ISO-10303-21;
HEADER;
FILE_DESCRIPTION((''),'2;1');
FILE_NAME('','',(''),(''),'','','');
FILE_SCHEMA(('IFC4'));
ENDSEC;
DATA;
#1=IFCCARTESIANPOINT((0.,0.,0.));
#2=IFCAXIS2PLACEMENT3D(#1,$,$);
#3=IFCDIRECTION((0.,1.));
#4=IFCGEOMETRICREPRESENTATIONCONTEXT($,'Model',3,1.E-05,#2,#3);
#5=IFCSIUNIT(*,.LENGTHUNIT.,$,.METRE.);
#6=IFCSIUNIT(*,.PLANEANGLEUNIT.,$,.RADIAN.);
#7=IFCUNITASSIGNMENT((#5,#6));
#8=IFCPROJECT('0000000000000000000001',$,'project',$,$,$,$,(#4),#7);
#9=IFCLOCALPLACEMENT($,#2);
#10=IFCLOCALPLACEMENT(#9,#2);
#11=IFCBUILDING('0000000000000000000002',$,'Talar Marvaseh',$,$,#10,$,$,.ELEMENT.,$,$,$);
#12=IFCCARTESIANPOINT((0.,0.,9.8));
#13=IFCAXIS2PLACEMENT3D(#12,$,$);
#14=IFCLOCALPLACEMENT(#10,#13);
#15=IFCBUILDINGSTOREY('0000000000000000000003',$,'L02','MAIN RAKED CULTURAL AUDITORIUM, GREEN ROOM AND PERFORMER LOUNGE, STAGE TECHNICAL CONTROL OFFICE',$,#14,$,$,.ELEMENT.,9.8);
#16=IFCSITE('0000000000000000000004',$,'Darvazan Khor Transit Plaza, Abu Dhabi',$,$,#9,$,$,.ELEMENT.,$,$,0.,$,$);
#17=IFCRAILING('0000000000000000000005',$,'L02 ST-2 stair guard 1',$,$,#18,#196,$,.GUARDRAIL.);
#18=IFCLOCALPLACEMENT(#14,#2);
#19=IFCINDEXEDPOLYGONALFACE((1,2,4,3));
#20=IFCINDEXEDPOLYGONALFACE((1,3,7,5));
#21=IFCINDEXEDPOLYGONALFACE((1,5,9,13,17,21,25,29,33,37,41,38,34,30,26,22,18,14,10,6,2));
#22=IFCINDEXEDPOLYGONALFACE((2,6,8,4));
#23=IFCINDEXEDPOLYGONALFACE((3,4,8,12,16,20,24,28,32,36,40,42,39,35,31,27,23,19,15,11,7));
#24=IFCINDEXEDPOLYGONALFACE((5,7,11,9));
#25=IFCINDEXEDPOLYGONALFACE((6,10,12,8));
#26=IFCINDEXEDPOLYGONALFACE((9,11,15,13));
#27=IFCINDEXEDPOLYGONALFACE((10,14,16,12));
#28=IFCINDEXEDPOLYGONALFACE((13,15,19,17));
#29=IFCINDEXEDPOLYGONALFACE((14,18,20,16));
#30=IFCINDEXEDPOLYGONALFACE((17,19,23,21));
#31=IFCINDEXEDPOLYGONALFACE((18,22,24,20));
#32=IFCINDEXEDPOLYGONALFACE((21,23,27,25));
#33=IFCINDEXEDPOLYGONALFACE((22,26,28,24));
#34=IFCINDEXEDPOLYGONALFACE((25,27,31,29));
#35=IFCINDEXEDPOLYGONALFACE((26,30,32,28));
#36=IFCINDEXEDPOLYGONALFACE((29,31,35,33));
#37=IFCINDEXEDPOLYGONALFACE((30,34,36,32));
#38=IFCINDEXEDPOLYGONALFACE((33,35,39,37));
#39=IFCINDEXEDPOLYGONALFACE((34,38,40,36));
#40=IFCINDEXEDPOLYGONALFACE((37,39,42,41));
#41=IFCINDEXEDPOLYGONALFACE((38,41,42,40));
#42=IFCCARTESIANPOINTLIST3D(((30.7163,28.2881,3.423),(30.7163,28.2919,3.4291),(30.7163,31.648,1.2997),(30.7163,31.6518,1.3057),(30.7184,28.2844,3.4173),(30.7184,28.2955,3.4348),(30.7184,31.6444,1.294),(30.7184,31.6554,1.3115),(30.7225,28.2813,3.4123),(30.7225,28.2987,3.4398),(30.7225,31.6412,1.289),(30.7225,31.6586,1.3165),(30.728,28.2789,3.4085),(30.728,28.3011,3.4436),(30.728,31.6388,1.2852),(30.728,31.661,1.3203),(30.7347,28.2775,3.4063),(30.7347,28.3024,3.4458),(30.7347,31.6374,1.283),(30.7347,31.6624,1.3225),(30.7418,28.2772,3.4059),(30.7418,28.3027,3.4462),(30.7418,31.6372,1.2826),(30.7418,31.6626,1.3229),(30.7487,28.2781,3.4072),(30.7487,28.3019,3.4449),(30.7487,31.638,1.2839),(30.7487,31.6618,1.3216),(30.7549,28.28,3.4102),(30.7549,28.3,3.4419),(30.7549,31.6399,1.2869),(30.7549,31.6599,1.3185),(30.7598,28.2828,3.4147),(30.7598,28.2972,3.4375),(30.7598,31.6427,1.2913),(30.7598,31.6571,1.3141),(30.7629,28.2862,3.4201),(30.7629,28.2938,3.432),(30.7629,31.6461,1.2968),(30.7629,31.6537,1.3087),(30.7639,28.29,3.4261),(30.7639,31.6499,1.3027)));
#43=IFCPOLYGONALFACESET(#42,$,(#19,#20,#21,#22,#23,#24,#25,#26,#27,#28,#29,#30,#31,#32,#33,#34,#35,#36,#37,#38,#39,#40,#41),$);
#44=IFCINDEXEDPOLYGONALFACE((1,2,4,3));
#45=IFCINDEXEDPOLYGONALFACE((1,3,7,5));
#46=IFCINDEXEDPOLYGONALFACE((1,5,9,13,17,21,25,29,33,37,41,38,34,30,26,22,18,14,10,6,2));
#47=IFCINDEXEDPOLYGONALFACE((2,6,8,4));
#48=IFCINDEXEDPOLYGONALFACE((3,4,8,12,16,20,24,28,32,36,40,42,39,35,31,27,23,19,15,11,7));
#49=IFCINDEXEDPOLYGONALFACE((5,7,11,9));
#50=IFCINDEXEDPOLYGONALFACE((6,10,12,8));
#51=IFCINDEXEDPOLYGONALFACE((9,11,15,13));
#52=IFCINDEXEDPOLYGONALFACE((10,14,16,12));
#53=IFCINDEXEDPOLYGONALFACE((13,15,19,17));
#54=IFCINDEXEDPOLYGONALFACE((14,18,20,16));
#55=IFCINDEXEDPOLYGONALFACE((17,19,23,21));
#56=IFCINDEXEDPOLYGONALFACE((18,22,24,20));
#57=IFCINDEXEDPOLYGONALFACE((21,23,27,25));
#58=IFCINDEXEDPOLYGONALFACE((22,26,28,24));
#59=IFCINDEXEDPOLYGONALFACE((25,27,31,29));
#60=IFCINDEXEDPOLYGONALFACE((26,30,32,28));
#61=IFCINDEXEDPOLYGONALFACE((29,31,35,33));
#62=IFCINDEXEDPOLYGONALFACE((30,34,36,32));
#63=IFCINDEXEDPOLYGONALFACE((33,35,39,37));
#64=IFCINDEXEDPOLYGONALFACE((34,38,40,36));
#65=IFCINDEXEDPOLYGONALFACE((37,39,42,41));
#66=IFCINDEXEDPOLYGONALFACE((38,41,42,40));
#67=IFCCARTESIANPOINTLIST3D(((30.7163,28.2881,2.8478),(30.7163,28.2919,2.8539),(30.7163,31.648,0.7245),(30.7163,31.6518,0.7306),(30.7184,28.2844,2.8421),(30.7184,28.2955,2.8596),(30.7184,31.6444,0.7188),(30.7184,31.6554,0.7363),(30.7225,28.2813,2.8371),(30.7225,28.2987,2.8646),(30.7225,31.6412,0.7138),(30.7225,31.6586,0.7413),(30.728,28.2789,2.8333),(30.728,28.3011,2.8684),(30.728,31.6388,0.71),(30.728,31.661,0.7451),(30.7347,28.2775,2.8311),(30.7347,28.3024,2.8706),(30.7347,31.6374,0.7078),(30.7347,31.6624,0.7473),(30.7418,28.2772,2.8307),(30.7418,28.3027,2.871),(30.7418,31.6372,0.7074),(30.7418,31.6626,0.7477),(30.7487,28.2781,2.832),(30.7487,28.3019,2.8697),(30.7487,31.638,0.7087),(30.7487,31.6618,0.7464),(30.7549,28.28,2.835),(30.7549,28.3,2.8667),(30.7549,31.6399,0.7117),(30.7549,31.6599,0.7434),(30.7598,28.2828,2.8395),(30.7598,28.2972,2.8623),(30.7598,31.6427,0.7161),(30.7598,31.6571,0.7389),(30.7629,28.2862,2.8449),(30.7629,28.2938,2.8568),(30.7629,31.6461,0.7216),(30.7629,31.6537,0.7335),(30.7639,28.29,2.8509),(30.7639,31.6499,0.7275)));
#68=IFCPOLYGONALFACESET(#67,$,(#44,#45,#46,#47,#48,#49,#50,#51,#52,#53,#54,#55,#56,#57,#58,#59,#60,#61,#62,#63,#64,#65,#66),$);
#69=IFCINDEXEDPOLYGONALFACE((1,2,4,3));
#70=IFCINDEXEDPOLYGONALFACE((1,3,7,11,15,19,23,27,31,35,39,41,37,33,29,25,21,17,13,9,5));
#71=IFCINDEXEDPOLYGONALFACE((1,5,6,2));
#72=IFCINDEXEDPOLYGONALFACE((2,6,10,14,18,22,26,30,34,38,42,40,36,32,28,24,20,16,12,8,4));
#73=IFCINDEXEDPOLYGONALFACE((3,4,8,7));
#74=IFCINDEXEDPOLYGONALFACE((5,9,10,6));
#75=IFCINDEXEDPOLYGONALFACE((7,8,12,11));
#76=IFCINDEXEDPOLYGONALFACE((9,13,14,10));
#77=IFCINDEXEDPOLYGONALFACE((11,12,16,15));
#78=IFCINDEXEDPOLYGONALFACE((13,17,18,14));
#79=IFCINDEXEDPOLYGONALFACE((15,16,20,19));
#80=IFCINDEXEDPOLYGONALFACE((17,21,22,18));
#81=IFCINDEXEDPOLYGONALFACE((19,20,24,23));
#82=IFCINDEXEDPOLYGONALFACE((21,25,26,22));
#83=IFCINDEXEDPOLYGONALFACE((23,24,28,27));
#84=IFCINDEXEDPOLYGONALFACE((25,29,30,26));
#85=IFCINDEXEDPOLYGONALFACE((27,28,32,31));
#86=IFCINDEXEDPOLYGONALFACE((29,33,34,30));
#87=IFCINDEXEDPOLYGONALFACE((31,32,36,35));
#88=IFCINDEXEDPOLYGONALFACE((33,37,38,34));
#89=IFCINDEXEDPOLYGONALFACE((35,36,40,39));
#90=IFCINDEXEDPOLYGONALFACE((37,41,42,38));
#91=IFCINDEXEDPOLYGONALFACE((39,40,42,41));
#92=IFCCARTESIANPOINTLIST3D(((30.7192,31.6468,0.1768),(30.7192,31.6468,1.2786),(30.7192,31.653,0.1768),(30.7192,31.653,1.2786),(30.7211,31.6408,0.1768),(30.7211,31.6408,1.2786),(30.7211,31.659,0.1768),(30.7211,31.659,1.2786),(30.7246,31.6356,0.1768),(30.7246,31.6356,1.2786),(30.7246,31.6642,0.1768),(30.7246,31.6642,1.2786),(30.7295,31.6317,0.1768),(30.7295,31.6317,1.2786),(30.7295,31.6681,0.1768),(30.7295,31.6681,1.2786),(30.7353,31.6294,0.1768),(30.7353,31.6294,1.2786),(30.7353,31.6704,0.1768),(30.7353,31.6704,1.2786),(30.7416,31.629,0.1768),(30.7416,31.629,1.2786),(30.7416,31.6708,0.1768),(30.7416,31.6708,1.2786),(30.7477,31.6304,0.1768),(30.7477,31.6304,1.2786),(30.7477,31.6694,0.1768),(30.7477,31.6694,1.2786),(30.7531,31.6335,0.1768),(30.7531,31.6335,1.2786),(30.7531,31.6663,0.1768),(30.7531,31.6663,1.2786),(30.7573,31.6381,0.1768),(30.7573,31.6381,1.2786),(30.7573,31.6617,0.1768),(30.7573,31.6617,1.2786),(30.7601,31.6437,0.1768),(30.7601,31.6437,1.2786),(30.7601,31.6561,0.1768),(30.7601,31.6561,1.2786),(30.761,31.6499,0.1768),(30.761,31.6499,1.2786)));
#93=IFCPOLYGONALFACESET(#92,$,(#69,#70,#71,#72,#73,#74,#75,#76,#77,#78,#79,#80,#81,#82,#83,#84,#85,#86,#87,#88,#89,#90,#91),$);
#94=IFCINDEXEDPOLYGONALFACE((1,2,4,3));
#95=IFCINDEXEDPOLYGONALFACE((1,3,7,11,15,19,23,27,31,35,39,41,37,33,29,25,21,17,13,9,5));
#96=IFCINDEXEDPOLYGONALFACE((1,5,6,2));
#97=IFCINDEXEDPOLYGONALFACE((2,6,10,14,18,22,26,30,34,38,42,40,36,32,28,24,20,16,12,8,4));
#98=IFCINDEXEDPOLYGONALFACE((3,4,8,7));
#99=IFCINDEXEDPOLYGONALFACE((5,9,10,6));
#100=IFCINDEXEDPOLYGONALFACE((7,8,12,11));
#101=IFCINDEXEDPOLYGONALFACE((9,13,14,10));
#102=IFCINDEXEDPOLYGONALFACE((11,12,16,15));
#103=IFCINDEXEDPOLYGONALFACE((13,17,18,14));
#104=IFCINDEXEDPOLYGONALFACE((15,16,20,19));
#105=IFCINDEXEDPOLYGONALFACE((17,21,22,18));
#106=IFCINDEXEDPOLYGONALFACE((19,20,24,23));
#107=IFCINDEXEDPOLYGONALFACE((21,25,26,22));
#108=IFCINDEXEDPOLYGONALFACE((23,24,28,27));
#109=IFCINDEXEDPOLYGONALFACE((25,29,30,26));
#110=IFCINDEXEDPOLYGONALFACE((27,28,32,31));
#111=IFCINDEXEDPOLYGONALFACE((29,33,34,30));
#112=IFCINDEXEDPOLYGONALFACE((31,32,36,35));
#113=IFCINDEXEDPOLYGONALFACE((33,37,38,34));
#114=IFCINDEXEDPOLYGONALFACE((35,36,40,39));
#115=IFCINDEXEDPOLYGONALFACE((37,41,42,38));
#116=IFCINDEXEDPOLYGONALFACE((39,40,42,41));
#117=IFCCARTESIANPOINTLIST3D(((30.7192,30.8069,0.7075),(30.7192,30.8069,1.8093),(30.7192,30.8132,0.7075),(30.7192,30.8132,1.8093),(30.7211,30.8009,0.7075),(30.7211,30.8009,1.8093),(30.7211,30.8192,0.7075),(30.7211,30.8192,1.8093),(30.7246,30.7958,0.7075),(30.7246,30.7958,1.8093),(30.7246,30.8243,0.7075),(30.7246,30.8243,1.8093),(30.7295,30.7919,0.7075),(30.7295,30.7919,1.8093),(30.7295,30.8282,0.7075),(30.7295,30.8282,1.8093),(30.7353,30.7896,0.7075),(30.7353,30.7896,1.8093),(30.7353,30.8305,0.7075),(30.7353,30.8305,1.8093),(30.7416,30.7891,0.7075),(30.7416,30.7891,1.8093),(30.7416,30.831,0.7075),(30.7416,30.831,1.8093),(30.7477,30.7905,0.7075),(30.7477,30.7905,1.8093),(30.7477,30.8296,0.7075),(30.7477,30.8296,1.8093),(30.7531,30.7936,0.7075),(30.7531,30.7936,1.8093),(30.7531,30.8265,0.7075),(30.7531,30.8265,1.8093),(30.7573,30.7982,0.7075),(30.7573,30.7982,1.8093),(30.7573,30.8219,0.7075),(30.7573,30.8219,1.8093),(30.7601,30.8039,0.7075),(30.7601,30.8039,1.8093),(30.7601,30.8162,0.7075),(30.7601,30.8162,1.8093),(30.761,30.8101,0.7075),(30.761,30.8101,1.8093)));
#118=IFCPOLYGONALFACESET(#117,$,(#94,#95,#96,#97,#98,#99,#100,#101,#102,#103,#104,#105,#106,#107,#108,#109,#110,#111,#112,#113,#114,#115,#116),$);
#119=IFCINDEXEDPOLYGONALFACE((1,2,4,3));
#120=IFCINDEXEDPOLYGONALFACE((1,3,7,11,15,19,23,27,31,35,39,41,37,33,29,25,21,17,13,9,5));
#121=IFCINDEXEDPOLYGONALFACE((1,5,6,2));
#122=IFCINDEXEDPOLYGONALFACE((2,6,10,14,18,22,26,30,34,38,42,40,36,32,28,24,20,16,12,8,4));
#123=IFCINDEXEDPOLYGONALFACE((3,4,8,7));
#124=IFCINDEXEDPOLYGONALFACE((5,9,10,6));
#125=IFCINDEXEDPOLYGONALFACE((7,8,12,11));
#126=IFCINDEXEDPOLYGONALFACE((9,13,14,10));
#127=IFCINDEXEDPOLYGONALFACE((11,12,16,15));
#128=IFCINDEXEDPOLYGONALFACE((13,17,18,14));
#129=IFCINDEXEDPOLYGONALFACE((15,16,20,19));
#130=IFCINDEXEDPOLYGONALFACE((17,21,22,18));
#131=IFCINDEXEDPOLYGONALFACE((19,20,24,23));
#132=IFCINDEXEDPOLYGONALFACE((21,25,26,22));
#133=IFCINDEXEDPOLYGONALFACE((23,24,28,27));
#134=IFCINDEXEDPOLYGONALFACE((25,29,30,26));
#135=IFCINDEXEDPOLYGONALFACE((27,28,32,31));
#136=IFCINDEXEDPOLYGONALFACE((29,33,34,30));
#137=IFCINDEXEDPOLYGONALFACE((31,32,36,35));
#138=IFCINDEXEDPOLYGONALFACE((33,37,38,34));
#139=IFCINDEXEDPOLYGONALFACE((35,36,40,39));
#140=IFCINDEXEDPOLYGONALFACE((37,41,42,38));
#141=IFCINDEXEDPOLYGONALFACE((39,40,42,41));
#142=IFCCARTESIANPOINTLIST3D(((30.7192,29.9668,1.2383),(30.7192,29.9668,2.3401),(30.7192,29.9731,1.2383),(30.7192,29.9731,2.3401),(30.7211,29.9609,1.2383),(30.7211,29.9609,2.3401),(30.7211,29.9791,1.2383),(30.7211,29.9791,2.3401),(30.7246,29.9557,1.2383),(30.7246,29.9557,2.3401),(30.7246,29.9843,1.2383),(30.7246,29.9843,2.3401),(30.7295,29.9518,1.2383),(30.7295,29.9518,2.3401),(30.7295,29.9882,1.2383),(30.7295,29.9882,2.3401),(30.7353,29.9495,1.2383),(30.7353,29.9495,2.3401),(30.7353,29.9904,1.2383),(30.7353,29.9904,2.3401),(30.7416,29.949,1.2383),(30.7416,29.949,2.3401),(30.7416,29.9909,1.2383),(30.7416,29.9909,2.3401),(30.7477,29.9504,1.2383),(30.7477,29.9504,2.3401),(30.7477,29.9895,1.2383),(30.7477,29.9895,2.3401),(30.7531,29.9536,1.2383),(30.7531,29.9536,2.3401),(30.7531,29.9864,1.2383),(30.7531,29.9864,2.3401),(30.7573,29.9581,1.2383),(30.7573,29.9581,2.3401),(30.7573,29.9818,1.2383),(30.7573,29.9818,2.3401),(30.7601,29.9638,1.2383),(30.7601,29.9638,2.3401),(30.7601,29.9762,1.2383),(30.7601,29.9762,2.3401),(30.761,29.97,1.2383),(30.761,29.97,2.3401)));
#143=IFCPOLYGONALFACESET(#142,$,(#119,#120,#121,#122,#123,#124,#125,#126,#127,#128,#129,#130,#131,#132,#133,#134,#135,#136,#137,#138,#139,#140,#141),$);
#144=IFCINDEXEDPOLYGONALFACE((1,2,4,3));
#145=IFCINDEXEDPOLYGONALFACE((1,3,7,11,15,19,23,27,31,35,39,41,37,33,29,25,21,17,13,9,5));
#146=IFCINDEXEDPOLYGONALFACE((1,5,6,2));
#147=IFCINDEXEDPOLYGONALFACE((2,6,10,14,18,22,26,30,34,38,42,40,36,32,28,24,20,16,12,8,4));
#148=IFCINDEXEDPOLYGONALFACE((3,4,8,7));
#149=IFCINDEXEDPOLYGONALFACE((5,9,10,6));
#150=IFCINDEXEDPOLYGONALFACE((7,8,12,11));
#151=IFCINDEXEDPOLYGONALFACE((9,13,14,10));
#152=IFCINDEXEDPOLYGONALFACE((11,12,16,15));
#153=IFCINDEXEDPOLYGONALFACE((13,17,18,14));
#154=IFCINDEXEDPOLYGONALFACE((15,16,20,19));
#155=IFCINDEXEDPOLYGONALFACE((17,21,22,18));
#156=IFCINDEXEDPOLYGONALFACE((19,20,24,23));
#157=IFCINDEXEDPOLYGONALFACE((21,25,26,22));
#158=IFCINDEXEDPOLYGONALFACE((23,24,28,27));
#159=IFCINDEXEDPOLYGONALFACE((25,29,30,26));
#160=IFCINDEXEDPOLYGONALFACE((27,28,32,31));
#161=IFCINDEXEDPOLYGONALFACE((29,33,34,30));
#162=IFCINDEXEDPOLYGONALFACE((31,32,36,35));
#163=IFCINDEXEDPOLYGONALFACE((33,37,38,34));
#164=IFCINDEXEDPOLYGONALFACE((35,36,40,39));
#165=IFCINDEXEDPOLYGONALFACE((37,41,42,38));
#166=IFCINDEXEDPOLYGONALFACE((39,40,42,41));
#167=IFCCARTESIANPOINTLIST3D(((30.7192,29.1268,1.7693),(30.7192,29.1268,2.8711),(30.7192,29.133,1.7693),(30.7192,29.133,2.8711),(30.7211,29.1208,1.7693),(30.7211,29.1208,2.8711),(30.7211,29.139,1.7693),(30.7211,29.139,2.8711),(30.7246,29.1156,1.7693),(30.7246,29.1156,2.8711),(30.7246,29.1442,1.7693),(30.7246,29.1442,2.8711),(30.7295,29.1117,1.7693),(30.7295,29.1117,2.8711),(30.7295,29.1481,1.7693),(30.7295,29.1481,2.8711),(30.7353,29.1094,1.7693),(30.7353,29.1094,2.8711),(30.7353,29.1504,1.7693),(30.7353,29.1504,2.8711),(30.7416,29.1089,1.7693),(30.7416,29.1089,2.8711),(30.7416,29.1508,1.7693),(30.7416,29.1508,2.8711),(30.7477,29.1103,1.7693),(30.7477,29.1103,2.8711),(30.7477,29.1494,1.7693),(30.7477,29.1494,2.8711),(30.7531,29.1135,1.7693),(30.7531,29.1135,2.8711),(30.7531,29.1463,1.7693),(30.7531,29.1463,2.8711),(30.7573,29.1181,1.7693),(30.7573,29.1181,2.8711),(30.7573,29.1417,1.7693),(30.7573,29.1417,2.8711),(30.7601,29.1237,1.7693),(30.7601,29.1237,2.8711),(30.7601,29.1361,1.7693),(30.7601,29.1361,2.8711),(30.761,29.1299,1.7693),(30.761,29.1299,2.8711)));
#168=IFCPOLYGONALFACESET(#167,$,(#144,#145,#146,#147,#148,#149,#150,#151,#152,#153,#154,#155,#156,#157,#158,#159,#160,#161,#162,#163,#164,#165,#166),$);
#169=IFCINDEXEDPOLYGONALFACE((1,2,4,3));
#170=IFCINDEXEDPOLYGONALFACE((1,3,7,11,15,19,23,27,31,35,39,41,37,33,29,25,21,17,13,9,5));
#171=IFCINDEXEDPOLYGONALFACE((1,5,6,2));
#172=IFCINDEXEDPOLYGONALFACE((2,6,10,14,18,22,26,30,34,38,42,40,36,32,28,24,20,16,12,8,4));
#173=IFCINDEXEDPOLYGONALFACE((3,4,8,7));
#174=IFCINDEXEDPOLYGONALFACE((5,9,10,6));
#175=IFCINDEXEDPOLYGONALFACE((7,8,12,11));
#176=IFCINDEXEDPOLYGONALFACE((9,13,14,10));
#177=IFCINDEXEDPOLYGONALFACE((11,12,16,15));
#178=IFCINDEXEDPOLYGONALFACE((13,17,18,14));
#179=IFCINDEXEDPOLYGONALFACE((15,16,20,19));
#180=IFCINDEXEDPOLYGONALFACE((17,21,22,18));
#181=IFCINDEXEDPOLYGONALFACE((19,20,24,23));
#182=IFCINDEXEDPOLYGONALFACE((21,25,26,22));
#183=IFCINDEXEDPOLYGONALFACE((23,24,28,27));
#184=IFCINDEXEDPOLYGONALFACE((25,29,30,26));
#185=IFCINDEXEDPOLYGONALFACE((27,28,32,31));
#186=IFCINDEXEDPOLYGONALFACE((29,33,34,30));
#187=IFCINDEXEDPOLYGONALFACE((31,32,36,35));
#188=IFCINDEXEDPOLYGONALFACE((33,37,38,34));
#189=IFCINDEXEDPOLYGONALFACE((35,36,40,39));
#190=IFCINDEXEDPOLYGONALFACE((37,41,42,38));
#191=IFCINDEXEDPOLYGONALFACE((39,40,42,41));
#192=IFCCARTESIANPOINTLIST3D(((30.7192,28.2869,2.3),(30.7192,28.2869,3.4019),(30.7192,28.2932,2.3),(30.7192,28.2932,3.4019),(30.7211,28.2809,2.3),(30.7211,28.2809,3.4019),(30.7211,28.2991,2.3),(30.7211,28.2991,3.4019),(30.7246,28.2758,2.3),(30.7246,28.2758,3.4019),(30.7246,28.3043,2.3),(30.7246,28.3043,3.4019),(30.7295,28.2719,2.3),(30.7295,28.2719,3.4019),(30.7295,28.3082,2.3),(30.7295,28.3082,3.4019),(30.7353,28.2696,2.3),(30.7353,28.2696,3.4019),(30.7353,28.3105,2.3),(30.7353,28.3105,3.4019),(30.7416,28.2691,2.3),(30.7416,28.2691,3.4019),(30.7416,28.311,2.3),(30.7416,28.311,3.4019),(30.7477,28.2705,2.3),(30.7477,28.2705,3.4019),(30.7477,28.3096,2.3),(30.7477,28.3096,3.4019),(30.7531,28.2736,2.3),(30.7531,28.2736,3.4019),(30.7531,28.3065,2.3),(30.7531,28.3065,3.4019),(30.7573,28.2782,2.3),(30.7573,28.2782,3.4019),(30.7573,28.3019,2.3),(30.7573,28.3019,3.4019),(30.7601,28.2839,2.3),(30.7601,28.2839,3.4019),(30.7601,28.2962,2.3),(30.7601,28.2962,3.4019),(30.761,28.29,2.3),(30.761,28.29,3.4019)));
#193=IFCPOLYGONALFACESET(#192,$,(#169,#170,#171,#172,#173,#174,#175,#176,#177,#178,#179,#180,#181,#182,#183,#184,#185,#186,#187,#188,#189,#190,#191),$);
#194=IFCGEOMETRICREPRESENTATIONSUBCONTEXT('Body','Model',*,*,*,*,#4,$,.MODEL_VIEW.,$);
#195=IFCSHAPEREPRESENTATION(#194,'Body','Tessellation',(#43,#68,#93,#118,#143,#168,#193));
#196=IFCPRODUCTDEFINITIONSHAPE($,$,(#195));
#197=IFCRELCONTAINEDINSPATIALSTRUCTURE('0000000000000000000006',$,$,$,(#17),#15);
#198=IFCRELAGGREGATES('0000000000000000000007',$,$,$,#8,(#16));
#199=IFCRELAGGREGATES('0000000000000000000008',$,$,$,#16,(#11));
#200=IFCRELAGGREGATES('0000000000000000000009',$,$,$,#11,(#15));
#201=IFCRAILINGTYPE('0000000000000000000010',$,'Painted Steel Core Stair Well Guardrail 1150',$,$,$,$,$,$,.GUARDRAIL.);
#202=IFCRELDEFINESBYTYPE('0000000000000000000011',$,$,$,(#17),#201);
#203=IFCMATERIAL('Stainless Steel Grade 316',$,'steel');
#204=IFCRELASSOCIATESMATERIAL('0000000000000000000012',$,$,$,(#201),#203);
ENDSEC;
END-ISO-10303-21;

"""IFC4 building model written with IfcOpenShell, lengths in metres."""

from ifc_helpers import new_model, si_unit, direction, frame, origin, origin_2d, place, context, subcontext, project, spatial, circle, extrude, material, type_object, element, save


model = new_model("IFC4")

# Units and contexts
model_context = context("Model", 3, precision=1e-05, world=origin(), true_north=direction((0.0, 1.0)))
body_context = subcontext(model_context, "Body", "Model", "MODEL_VIEW")
ifc_project = project(units=[si_unit("LENGTHUNIT", "METRE"), si_unit("PLANEANGLEUNIT", "RADIAN")], contexts=[model_context])

# Site, building, storey
site_placement = place(None, origin())
site = spatial("IfcSite", under=ifc_project, at=site_placement, Name="Darvazan Khor Transit Plaza, Abu Dhabi", CompositionType="ELEMENT", RefElevation=0.0)
building_placement = place(site_placement, origin())
building = spatial("IfcBuilding", under=site, at=building_placement, Name="Talar Marvaseh", CompositionType="ELEMENT")
storey_placement = place(building_placement, frame((0.0, 0.0, 9.8)))
storey = spatial("IfcBuildingStorey", under=building, at=storey_placement, Name="L02", Description="MAIN RAKED CULTURAL AUDITORIUM, GREEN ROOM AND PERFORMER LOUNGE, STAGE TECHNICAL CONTROL OFFICE", CompositionType="ELEMENT", Elevation=9.8)

# Shared definitions
ifc_material_1 = material(Name="Stainless Steel Grade 316", Category="steel")

# Railing
railing_type_1 = type_object("IfcRailingType", Name="Painted Steel Core Stair Well Guardrail 1150", PredefinedType="GUARDRAIL", material=ifc_material_1)
railing_1_placement = place(storey_placement, frame((30.74, 31.6499, 0.1768)))
element("IfcRailing", 1, at=railing_1_placement, inside=storey, type_object=railing_type_1, Name="L02 ST-2 stair guard 1", PredefinedType="GUARDRAIL", context=body_context, shape_type="SweptSolid", body=[
    extrude(circle(Radius=0.0239, at=origin_2d()), frame((0.0, 0.0, 1.126), z_axis=(0.0, -0.845344, 0.534222), x_axis=(1.0, 0.0, 0.0)), (0.0, 0.0, 1.0), 3.9746),
    extrude(circle(Radius=0.0239, at=origin_2d()), frame((0.0, 0.0, 0.5508), z_axis=(0.0, -0.845344, 0.534222), x_axis=(1.0, 0.0, 0.0)), (0.0, 0.0, 1.0), 3.9746),
    extrude(circle(Radius=0.021, at=origin_2d()), origin(), (0.0, 0.0, 1.0), 1.1018),
    extrude(circle(Radius=0.021, at=origin_2d()), frame((0.0, -0.8398, 0.5308)), (0.0, 0.0, 1.0), 1.1018),
    extrude(circle(Radius=0.021, at=origin_2d()), frame((0.0, -1.6799, 1.0615)), (0.0, 0.0, 1.0), 1.1018),
    extrude(circle(Radius=0.021, at=origin_2d()), frame((0.0, -2.52, 1.5925)), (0.0, 0.0, 1.0), 1.1018),
    extrude(circle(Radius=0.021, at=origin_2d()), frame((0.0, -3.3599, 2.1233)), (0.0, 0.0, 1.0), 1.1018),
])

save(model, "model.ifc")
